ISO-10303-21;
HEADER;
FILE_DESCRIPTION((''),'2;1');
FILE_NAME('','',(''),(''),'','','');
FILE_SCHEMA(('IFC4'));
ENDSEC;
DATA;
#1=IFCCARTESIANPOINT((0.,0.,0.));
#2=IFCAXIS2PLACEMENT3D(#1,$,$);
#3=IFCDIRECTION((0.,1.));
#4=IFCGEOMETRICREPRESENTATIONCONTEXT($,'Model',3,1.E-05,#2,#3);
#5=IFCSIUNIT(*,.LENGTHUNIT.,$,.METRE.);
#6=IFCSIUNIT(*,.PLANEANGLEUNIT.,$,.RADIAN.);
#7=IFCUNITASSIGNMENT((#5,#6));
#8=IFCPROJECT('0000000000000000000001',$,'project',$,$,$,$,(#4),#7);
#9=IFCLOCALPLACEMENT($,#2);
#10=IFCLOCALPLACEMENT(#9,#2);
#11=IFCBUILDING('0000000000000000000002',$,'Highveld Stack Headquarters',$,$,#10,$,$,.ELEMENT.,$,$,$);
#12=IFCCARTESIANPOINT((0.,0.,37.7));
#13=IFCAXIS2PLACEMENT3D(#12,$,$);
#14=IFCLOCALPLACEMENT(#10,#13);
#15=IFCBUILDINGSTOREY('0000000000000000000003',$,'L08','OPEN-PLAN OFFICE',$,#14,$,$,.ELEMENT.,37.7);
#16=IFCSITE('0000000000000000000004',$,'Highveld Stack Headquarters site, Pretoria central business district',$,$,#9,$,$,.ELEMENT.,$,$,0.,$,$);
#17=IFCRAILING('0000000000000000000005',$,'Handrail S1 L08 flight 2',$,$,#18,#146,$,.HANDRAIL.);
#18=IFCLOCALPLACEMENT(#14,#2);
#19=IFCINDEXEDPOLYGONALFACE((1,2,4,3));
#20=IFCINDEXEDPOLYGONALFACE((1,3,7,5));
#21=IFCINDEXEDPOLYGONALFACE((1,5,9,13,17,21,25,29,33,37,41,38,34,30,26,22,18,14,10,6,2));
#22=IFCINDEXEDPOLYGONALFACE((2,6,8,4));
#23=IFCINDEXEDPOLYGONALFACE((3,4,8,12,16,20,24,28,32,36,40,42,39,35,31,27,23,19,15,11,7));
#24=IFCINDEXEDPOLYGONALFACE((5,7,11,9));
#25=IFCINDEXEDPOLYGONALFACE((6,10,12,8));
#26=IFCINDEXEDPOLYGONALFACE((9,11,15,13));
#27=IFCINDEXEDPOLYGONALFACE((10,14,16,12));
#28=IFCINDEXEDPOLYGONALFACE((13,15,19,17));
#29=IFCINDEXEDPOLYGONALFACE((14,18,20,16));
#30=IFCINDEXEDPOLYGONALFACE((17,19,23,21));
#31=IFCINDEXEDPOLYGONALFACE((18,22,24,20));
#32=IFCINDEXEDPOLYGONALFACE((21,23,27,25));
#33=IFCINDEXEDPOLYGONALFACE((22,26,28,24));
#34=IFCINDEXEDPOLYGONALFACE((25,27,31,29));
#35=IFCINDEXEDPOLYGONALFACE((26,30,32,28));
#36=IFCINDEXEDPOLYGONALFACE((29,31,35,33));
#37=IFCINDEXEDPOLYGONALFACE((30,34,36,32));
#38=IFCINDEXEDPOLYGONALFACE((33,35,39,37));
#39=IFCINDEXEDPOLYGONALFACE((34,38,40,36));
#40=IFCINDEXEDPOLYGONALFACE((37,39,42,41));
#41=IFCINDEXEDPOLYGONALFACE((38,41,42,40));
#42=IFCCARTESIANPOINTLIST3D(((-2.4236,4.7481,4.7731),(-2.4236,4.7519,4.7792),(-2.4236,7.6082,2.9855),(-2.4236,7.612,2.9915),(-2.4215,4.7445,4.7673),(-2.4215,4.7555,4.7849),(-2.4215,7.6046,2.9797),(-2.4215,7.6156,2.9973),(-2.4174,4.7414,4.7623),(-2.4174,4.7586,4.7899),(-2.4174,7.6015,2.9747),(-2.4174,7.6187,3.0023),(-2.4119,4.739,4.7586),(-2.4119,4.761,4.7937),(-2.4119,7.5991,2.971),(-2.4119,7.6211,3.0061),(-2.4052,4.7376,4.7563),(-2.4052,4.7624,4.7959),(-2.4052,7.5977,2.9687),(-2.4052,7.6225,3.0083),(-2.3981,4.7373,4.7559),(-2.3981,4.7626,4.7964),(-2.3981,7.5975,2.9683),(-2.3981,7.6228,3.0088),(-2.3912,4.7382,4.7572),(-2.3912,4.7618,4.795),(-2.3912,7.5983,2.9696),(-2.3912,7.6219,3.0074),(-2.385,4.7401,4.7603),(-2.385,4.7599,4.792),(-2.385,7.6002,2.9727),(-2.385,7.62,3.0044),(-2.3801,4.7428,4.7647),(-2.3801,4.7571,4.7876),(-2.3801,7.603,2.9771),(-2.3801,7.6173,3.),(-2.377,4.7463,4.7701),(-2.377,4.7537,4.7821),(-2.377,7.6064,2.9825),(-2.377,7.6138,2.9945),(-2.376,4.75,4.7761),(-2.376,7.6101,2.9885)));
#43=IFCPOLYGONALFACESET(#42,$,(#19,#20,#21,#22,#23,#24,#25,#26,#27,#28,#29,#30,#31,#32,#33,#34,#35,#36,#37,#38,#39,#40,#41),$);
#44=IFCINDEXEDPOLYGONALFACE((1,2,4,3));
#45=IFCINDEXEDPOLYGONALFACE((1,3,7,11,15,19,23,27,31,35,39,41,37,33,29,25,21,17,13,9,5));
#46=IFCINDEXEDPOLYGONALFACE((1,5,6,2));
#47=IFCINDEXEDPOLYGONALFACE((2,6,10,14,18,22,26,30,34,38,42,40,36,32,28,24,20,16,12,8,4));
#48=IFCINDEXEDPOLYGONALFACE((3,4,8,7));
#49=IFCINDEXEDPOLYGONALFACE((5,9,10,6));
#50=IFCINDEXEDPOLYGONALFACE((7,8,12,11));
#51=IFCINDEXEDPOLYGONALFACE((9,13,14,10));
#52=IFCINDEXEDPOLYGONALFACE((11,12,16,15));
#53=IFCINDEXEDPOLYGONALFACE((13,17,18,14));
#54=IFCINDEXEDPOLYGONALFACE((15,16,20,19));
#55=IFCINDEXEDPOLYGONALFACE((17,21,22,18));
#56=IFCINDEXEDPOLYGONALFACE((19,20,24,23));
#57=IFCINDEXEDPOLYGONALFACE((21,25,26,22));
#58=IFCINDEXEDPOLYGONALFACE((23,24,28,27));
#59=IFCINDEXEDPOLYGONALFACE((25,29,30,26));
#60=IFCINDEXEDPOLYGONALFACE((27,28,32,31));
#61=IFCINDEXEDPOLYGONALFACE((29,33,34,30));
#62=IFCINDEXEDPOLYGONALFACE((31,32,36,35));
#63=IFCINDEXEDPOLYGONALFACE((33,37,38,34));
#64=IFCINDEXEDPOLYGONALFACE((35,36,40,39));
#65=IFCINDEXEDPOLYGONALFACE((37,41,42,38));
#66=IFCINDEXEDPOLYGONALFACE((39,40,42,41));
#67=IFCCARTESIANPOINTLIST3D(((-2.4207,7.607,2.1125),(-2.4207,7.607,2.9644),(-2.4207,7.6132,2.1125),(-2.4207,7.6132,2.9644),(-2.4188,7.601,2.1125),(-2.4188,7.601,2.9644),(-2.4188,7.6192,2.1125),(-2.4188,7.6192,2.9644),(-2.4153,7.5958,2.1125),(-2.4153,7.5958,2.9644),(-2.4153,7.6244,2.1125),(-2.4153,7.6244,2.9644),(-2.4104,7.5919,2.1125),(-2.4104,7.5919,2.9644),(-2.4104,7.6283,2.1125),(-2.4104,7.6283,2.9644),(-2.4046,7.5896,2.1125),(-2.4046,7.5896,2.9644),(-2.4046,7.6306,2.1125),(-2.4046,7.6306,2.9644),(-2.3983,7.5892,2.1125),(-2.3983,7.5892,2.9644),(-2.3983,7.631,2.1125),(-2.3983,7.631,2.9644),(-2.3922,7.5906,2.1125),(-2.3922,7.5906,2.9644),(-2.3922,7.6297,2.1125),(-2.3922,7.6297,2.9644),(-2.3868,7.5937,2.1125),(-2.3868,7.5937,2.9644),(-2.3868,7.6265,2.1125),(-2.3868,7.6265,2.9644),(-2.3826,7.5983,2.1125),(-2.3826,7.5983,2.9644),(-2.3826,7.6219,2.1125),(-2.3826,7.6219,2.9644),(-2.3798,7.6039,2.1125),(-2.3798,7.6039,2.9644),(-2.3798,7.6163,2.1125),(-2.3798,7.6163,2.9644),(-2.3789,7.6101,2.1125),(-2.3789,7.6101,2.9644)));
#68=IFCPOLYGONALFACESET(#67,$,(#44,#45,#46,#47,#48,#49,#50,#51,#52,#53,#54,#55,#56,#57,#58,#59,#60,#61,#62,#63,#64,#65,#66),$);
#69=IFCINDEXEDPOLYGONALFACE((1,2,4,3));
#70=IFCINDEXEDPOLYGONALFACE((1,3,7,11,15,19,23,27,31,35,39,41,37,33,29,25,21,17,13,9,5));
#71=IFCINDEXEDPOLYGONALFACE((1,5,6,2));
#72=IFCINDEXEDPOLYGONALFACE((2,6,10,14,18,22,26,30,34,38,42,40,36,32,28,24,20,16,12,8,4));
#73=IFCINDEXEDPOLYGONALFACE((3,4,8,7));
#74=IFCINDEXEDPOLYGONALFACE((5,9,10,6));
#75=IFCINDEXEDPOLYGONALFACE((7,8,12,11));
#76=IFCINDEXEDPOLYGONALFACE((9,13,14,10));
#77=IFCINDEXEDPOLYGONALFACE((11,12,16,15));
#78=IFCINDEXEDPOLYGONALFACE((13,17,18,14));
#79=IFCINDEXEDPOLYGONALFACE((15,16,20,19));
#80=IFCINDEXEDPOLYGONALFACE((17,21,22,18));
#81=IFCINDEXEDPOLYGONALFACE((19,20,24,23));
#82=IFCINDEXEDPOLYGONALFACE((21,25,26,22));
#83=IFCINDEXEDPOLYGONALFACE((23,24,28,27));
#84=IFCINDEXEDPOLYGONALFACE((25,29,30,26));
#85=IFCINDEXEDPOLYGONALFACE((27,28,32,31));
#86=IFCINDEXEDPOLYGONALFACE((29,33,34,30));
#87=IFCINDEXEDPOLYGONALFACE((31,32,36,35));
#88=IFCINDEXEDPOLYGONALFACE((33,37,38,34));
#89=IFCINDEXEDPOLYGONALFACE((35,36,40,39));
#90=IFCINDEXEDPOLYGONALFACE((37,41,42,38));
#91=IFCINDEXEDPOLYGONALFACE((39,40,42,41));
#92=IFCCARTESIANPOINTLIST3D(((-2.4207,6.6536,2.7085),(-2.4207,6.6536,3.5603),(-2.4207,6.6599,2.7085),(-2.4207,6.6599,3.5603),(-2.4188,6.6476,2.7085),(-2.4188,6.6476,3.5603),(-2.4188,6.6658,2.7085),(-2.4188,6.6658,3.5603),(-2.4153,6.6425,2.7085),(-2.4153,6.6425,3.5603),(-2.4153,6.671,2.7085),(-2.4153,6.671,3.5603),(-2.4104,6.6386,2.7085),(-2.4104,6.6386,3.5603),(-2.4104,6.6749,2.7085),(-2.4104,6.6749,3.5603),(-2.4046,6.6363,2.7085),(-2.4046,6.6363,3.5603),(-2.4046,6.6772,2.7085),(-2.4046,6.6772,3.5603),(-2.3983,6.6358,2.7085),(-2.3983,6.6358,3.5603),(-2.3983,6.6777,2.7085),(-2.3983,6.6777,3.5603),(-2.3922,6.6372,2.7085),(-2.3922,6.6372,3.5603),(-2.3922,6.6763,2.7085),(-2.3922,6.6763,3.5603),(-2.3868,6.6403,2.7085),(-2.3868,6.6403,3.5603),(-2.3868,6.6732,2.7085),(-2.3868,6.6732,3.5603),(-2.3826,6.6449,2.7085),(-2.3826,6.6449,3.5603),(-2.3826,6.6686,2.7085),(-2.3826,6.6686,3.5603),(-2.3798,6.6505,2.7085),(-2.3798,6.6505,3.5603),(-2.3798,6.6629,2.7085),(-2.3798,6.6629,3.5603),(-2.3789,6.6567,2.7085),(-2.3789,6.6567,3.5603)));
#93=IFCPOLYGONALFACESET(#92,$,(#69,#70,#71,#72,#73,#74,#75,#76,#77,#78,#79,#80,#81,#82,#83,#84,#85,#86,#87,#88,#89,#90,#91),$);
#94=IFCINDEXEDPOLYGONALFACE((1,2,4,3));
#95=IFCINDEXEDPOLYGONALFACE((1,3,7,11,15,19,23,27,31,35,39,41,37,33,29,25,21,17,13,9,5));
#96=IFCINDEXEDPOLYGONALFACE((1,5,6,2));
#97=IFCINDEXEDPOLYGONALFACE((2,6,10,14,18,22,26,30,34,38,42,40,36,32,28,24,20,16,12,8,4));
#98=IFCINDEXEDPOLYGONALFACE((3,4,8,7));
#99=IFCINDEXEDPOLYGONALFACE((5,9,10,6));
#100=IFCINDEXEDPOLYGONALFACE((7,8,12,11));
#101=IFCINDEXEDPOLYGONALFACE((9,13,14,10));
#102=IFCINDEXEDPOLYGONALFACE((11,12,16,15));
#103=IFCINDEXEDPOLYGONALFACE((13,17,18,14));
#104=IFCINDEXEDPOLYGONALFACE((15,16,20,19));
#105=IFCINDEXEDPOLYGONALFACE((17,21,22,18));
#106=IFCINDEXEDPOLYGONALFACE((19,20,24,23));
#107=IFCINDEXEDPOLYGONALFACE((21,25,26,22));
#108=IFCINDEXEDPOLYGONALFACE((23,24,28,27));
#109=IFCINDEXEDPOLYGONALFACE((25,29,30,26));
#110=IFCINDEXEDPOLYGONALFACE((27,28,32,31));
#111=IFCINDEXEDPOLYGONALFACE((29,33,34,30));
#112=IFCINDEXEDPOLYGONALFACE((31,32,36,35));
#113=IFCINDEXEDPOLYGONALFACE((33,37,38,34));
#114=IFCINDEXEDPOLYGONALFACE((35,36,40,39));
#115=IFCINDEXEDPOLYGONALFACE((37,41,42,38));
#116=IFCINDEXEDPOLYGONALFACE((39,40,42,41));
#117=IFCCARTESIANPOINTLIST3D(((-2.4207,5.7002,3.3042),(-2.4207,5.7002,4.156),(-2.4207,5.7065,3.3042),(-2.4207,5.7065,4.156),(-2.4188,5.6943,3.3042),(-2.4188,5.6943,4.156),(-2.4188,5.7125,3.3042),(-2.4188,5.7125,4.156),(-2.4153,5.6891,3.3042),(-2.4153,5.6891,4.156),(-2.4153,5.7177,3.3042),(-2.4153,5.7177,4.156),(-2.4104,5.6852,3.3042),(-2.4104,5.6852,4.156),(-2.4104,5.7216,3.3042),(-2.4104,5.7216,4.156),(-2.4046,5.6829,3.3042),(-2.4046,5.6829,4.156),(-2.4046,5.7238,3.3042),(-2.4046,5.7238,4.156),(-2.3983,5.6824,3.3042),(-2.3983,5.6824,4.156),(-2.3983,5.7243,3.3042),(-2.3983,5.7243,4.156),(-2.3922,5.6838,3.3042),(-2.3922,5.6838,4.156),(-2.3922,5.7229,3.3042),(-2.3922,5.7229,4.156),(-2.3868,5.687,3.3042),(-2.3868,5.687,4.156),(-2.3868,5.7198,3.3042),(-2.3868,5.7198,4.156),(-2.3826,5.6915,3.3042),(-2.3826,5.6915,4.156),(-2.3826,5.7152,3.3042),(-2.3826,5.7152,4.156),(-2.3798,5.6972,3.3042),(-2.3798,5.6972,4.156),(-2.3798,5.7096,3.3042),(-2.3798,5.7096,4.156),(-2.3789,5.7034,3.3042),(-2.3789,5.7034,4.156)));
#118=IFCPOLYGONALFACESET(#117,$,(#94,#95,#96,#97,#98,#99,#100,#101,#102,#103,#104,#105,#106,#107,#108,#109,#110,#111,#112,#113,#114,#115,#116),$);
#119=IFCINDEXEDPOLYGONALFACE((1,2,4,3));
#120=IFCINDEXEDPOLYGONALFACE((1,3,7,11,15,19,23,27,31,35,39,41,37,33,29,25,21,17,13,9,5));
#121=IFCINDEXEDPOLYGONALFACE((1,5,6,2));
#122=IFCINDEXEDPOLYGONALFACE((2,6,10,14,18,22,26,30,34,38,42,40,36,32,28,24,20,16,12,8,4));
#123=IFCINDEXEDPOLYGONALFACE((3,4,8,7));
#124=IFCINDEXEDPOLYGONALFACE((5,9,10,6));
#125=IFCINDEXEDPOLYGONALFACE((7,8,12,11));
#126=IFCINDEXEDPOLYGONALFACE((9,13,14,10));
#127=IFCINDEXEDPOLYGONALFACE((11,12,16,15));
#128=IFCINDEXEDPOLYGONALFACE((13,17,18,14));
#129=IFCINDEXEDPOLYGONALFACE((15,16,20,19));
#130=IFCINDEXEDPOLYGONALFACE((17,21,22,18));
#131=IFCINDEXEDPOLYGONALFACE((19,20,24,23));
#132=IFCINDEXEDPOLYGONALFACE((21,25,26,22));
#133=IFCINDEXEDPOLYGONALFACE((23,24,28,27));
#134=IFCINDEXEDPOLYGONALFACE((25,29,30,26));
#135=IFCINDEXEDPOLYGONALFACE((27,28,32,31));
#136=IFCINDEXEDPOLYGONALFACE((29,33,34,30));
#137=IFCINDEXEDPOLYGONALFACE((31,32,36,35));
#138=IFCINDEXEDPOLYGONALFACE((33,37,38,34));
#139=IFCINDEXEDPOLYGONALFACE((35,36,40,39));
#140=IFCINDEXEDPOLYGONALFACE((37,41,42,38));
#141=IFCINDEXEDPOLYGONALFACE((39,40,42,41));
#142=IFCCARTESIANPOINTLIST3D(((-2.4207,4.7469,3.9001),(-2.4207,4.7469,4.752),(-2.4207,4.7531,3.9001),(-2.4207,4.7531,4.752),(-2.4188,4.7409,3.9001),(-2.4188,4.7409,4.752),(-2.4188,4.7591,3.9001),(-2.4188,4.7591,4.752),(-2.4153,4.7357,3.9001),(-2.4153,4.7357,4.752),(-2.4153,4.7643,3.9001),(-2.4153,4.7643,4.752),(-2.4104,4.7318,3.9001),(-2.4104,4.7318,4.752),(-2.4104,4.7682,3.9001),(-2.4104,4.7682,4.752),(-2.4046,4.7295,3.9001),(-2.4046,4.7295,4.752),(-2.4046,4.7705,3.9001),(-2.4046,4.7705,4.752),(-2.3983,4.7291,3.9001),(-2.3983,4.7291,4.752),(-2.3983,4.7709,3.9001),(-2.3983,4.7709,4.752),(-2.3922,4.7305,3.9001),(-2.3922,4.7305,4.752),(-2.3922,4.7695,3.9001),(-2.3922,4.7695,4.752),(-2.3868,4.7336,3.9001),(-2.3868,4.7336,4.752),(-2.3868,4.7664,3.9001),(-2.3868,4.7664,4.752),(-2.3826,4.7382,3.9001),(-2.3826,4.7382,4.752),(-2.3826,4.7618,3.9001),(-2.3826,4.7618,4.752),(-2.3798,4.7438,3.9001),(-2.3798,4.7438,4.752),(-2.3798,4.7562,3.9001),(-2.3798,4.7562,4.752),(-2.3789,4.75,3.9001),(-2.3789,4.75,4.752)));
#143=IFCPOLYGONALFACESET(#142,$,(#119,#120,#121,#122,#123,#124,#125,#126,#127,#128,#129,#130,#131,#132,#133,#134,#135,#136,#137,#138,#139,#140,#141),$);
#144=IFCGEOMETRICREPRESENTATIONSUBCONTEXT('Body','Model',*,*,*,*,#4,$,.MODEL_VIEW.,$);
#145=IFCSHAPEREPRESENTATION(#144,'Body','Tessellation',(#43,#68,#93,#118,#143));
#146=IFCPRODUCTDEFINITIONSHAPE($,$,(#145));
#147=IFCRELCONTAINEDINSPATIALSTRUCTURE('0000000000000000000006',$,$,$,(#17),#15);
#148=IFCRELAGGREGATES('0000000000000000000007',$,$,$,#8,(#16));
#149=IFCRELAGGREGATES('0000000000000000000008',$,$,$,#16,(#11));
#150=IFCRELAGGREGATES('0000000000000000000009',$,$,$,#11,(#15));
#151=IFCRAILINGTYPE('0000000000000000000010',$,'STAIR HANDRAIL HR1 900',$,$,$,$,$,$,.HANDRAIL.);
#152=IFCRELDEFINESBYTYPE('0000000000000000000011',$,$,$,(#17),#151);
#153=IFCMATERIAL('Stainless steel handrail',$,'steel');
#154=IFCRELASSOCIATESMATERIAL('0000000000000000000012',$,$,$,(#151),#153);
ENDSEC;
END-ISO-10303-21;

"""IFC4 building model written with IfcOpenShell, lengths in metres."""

from ifc_helpers import new_model, si_unit, direction, frame, origin, origin_2d, place, context, subcontext, project, spatial, circle, extrude, material, type_object, element, save


model = new_model("IFC4")

# Units and contexts
model_context = context("Model", 3, precision=1e-05, world=origin(), true_north=direction((0.0, 1.0)))
body_context = subcontext(model_context, "Body", "Model", "MODEL_VIEW")
ifc_project = project(units=[si_unit("LENGTHUNIT", "METRE"), si_unit("PLANEANGLEUNIT", "RADIAN")], contexts=[model_context])

# Site, building, storey
site_placement = place(None, origin())
site = spatial("IfcSite", under=ifc_project, at=site_placement, Name="Highveld Stack Headquarters site, Pretoria central business district", CompositionType="ELEMENT", RefElevation=0.0)
building_placement = place(site_placement, origin())
building = spatial("IfcBuilding", under=site, at=building_placement, Name="Highveld Stack Headquarters", CompositionType="ELEMENT")
storey_placement = place(building_placement, frame((0.0, 0.0, 37.7)))
storey = spatial("IfcBuildingStorey", under=building, at=storey_placement, Name="L08", Description="OPEN-PLAN OFFICE", CompositionType="ELEMENT", Elevation=37.7)

# Railing
ifc_material_1 = material(Name="Stainless steel handrail", Category="steel")
railing_type = type_object("IfcRailingType", Name="STAIR HANDRAIL HR1 900", PredefinedType="HANDRAIL", material=ifc_material_1)
for number, where, name in (
    (1, (-2.3999, 7.6101, 2.1125), "Handrail S1 L08 flight 2"),
):
    element("IfcRailing", number, at=place(storey_placement, frame(where)), inside=storey, type_object=railing_type, Name=name, PredefinedType="HANDRAIL", context=body_context, shape_type="SweptSolid", body=[
        extrude(circle(Radius=0.0239, at=origin_2d()), frame((0.0, 0.0, 0.876), z_axis=(0.0, -0.847994, 0.530005), x_axis=(1.0, 0.0, 0.0)), (0.0, 0.0, 1.0), 3.3728),
        extrude(circle(Radius=0.021, at=origin_2d()), origin(), (0.0, 0.0, 1.0), 0.8518),
        extrude(circle(Radius=0.021, at=origin_2d()), frame((0.0, -0.9534, 0.5959)), (0.0, 0.0, 1.0), 0.8518),
        extrude(circle(Radius=0.021, at=origin_2d()), frame((0.0, -1.9067, 1.1917)), (0.0, 0.0, 1.0), 0.8518),
        extrude(circle(Radius=0.021, at=origin_2d()), frame((0.0, -2.8601, 1.7876)), (0.0, 0.0, 1.0), 0.8518),
    ])

save(model, "model.ifc")
